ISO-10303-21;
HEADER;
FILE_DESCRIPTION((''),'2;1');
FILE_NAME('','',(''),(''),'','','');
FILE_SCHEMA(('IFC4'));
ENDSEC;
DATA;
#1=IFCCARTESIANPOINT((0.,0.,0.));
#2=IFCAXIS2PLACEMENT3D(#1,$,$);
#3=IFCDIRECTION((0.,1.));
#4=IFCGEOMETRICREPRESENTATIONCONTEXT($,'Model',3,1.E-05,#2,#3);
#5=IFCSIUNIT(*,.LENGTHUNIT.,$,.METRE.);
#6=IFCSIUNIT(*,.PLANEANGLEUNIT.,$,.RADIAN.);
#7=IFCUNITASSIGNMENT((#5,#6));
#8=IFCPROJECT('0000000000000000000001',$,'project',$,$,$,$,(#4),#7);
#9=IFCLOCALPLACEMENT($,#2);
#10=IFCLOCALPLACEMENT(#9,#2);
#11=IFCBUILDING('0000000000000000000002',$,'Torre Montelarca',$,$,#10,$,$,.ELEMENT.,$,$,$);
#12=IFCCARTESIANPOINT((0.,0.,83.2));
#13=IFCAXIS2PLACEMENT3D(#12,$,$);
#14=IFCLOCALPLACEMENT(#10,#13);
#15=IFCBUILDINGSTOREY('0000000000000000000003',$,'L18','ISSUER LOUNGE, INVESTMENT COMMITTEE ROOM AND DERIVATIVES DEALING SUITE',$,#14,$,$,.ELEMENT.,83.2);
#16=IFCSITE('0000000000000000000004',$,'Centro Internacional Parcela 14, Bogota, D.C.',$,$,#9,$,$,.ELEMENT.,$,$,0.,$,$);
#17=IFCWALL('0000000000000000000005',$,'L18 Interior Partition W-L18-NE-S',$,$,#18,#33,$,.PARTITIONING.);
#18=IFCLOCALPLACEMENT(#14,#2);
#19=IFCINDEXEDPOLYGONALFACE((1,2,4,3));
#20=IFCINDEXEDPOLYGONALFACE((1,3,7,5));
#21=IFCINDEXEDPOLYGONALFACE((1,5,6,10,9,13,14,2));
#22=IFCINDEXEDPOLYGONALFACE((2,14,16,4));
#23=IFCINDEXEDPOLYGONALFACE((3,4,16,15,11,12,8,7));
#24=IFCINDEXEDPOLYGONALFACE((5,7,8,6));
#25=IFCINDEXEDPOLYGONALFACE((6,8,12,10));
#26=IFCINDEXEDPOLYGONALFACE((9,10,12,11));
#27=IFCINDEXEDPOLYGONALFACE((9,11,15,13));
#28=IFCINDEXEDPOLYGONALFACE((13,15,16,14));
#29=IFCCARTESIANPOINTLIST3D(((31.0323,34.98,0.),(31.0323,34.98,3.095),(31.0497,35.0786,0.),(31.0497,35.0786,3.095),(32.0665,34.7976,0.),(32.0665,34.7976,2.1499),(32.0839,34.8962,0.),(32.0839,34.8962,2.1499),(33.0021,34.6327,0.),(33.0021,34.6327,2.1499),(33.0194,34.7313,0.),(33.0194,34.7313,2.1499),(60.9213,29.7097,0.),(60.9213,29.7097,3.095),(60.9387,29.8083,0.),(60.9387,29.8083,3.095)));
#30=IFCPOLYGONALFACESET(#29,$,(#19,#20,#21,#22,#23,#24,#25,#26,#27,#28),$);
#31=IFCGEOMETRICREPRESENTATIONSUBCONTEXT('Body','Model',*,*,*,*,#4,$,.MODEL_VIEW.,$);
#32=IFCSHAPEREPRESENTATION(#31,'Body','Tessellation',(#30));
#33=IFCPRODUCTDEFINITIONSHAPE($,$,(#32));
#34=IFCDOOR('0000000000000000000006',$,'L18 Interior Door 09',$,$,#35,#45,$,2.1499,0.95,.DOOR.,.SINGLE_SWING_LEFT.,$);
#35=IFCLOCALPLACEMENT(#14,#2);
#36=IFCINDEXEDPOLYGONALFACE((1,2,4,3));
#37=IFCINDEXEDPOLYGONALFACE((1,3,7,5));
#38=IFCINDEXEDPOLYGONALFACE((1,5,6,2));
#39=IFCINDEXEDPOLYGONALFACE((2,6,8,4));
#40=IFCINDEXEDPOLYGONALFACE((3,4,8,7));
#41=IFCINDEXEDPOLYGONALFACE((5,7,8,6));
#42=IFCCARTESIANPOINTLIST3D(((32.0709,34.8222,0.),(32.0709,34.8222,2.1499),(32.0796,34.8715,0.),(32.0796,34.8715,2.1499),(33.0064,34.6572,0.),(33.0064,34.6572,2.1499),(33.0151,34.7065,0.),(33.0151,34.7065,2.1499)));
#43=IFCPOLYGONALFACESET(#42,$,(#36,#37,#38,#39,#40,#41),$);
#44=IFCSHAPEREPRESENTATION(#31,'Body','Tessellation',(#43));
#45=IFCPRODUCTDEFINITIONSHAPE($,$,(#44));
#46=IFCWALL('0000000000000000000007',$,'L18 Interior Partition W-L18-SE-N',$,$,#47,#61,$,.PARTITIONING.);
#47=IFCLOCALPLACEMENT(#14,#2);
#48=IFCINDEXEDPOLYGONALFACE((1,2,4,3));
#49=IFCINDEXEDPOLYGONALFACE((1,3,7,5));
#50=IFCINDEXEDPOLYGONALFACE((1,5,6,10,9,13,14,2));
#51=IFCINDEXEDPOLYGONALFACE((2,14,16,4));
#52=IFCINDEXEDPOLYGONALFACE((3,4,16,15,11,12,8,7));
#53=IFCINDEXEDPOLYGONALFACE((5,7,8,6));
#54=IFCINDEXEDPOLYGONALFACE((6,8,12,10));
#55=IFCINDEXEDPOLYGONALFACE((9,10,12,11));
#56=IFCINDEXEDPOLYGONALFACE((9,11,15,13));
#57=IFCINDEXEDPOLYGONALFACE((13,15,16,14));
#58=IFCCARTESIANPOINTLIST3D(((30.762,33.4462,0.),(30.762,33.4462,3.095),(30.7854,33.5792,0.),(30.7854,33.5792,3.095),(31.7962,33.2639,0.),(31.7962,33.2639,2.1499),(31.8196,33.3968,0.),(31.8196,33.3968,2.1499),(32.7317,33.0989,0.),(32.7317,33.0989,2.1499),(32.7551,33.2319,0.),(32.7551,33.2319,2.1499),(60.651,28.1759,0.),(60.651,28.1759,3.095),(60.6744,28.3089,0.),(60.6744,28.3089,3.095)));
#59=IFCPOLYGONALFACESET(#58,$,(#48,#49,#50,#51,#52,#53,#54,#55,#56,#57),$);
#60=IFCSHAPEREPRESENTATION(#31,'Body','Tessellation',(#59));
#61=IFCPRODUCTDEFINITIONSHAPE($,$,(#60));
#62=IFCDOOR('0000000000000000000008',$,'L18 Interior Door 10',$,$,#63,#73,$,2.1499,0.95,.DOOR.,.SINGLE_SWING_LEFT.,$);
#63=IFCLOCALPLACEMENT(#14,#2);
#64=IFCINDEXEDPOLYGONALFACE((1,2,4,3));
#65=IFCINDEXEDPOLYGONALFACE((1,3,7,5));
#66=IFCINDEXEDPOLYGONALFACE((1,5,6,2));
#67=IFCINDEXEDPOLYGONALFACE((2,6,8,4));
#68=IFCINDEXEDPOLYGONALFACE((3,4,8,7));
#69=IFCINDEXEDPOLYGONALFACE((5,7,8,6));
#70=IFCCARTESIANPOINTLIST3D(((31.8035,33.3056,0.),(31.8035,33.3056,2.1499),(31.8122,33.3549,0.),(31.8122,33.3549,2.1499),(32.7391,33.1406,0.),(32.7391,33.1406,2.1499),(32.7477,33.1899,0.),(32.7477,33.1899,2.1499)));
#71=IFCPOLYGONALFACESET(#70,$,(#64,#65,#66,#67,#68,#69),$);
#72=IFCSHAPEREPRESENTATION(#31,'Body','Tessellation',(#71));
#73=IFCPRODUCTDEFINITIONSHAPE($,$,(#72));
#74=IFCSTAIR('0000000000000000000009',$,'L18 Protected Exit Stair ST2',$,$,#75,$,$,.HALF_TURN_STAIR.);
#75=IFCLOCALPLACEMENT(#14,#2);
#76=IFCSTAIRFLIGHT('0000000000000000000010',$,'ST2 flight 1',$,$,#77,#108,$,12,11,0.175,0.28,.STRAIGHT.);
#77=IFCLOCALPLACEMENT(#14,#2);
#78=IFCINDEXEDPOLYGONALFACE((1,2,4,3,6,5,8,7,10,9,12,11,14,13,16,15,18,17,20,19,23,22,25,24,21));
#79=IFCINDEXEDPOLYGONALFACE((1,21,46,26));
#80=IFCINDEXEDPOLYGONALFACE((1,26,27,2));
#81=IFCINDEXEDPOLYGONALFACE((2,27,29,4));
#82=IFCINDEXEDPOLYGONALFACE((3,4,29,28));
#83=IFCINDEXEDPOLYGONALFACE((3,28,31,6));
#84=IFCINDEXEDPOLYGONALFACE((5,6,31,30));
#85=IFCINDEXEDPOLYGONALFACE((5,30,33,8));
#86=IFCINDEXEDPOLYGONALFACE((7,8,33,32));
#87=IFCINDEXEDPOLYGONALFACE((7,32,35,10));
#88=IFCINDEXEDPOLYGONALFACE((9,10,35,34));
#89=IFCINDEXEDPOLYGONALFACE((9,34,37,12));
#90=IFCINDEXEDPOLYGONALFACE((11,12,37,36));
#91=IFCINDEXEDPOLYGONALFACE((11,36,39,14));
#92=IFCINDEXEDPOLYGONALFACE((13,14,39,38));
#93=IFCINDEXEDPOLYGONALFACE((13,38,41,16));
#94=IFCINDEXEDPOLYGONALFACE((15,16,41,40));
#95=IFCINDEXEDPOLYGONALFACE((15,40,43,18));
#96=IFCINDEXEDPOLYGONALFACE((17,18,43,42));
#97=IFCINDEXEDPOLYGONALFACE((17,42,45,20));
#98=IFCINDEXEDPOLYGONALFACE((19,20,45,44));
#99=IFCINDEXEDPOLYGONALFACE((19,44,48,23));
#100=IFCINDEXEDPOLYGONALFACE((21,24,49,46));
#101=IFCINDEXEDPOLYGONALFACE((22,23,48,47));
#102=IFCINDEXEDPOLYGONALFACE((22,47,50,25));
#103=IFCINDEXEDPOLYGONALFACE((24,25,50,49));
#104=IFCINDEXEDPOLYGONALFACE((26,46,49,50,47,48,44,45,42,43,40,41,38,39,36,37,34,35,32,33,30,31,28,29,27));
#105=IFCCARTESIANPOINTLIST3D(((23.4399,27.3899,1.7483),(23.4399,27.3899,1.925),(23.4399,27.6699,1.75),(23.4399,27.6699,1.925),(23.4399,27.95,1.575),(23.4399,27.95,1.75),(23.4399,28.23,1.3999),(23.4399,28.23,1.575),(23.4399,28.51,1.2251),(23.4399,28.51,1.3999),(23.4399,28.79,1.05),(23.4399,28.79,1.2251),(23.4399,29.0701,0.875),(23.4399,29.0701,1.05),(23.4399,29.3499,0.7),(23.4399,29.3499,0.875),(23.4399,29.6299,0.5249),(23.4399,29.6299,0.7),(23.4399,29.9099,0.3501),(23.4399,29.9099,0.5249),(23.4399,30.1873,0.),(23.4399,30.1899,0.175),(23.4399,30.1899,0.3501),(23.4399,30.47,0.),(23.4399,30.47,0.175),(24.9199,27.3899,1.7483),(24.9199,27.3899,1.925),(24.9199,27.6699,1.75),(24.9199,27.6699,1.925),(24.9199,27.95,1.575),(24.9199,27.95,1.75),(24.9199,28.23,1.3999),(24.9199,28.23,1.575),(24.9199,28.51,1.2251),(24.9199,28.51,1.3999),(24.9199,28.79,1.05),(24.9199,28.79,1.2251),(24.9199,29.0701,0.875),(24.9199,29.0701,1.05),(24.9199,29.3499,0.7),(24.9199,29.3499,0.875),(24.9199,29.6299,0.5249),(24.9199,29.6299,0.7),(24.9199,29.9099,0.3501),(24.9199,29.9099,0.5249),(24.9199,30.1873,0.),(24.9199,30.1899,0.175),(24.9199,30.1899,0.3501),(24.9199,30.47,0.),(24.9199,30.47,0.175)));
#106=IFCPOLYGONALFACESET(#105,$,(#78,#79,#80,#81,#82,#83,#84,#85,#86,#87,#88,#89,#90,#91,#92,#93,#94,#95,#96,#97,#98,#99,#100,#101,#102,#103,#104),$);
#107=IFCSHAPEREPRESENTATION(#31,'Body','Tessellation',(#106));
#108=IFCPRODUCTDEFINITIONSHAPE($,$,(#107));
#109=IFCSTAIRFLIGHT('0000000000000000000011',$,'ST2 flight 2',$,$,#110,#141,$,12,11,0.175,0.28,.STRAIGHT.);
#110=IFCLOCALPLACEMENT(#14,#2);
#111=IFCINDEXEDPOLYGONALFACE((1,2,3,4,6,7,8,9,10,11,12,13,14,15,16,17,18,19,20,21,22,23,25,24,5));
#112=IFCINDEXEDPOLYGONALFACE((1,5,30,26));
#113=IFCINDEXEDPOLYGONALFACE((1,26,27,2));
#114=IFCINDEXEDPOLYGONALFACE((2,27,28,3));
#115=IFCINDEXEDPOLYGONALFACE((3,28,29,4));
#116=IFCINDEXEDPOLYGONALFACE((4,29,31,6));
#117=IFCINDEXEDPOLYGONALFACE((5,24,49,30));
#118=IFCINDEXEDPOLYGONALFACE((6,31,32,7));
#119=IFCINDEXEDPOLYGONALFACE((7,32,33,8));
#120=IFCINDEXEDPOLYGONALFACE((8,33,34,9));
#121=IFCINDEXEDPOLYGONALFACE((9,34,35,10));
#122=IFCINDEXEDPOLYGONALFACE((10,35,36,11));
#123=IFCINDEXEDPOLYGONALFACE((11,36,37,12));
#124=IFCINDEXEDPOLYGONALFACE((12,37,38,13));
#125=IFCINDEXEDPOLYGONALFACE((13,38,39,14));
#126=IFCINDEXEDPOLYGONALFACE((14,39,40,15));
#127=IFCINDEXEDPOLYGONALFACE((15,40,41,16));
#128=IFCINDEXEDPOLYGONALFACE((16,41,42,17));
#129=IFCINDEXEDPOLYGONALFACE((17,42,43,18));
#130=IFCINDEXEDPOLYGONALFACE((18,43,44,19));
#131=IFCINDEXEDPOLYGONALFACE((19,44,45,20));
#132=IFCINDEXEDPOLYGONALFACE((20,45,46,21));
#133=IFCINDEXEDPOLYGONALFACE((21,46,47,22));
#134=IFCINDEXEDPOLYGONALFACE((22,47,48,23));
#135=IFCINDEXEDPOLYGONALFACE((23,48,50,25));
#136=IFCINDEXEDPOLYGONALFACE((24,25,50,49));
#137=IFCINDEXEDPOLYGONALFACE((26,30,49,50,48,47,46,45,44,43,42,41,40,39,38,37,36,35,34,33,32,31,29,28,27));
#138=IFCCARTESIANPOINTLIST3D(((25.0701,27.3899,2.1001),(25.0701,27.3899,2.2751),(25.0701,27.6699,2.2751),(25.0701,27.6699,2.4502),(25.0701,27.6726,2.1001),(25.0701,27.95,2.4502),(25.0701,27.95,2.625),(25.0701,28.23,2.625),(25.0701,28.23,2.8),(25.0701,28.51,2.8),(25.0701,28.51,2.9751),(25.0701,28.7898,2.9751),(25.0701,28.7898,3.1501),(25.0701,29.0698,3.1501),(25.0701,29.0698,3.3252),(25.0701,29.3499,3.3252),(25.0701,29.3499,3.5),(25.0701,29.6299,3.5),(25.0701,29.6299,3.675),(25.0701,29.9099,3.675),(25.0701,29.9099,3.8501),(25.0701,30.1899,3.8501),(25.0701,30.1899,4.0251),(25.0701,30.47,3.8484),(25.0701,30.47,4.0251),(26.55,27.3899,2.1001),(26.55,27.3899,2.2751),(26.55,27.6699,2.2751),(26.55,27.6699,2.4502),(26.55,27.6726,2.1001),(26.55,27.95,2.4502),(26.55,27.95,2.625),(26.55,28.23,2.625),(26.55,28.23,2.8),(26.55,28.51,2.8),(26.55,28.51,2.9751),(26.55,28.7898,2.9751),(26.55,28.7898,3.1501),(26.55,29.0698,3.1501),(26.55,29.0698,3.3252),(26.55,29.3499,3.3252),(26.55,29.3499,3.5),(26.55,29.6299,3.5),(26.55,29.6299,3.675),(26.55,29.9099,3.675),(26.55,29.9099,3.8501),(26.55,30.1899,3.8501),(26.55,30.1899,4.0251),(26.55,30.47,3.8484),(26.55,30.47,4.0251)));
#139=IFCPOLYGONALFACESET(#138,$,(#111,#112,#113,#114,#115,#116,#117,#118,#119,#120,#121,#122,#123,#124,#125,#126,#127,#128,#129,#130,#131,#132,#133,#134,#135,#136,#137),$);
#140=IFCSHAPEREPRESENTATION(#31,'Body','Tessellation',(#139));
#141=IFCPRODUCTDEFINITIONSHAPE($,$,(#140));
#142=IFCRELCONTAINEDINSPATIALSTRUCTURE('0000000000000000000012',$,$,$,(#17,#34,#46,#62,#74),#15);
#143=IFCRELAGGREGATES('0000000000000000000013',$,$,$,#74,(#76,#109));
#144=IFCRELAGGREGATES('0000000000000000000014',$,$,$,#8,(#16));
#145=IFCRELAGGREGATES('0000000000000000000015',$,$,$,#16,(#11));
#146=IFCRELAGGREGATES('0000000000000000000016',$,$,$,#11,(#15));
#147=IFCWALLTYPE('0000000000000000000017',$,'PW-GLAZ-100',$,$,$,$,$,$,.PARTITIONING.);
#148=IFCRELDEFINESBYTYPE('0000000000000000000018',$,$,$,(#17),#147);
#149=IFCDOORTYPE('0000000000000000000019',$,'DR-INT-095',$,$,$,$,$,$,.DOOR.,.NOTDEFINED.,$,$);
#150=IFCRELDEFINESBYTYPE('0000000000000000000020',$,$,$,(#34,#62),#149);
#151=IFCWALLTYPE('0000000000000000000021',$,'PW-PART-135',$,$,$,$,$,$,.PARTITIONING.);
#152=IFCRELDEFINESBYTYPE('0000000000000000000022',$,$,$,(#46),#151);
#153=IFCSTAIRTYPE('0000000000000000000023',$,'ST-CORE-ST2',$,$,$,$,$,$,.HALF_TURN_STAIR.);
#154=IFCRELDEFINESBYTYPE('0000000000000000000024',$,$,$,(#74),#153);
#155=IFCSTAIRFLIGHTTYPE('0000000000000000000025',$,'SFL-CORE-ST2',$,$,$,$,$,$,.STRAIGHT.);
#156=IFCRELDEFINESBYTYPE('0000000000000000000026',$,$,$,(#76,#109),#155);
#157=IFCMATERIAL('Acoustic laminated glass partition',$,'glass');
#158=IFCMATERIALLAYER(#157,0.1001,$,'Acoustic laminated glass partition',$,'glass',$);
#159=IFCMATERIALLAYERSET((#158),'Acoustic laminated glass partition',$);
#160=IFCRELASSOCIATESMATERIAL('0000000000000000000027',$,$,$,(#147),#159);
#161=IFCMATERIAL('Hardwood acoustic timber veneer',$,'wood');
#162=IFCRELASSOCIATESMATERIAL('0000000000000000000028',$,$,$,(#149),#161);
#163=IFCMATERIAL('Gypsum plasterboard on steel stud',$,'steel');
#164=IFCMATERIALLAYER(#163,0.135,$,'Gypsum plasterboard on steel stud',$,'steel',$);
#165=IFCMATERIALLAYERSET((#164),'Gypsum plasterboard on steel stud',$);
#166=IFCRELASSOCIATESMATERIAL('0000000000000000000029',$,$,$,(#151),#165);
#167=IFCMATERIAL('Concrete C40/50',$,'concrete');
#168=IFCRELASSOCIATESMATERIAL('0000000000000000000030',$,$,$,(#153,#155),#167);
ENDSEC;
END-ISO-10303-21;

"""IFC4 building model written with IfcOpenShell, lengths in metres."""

from ifc_helpers import new_model, si_unit, direction, frame, frame_2d, origin, place, context, subcontext, project, spatial, polyline, rectangle, outline, extrude, source, transform, mapped, material, layer, layer_set, type_object, element, fill, aggregate, save


model = new_model("IFC4")

# Units and contexts
model_context = context("Model", 3, precision=1e-05, world=origin(), true_north=direction((0.0, 1.0)))
body_context = subcontext(model_context, "Body", "Model", "MODEL_VIEW")
ifc_project = project(units=[si_unit("LENGTHUNIT", "METRE"), si_unit("PLANEANGLEUNIT", "RADIAN")], contexts=[model_context])

# Site, building, storey
site_placement = place(None, origin())
site = spatial("IfcSite", under=ifc_project, at=site_placement, Name="Centro Internacional Parcela 14, Bogota, D.C.", CompositionType="ELEMENT", RefElevation=0.0)
building_placement = place(site_placement, origin())
building = spatial("IfcBuilding", under=site, at=building_placement, Name="Torre Montelarca", CompositionType="ELEMENT")
storey_placement = place(building_placement, frame((0.0, 0.0, 83.2)))
storey = spatial("IfcBuildingStorey", under=building, at=storey_placement, Name="L18", Description="ISSUER LOUNGE, INVESTMENT COMMITTEE ROOM AND DERIVATIVES DEALING SUITE", CompositionType="ELEMENT", Elevation=83.2)

# Shared definitions
ifc_material_1 = material(Name="Concrete C40/50", Category="concrete")
ifc_material_2 = material(Name="Gypsum plasterboard on steel stud", Category="steel")

# Walls, openings, doors
ifc_material_3 = material(Name="Acoustic laminated glass partition", Category="glass")
ifc_layer_1 = layer(ifc_material_3, 0.1001, Name="Acoustic laminated glass partition", Category="glass")
ifc_layer_set_1 = layer_set([ifc_layer_1], Name="Acoustic laminated glass partition")
wall_type_1 = type_object("IfcWallType", Name="PW-GLAZ-100", PredefinedType="PARTITIONING", material=ifc_layer_set_1)
wall_1_placement = place(storey_placement, frame((31.041, 35.0293, 0.0), z_axis=(0.0, 0.0, 1.0), x_axis=(0.984808, -0.173649, 0.0)))
wall_1 = element("IfcWall", 1, at=wall_1_placement, inside=storey, type_object=wall_type_1, Name="L18 Interior Partition W-L18-NE-S", PredefinedType="PARTITIONING", context=body_context, shape_type="SweptSolid", body=[
    extrude(rectangle(XDim=30.3501, YDim=0.1001, at=frame_2d((15.175, 0.0))), origin(), (0.0, 0.0, 1.0), 3.095),
])
opening_1_placement = place(wall_1_placement, frame((1.05, 0.0, 0.0)))
opening_1 = element("IfcOpeningElement", 2, at=opening_1_placement, cuts=wall_1, PredefinedType="OPENING", context=body_context, shape_type="SweptSolid", body=[
    extrude(rectangle(XDim=0.95, YDim=2.1499, at=frame_2d((0.4751, 1.075))), frame((0.0, 0.0601, 0.0), z_axis=(0.0, -1.0, 0.0), x_axis=(1.0, 0.0, 0.0)), (0.0, 0.0, 1.0), 0.1201),
])
ifc_material_4 = material(Name="Hardwood acoustic timber veneer", Category="wood")
door_type = type_object("IfcDoorType", Name="DR-INT-095", OperationType="NOTDEFINED", PredefinedType="DOOR", material=ifc_material_4)
shared_shape_1 = source(origin(), body_context, "Body", "SweptSolid", [
    extrude(rectangle(XDim=0.95, YDim=2.1499, at=frame_2d((0.4751, 1.075))), frame((0.0, 0.0249, 0.0), z_axis=(0.0, -1.0, 0.0), x_axis=(1.0, 0.0, 0.0)), (0.0, 0.0, 1.0), 0.05),
])
door_1_placement = place(opening_1_placement, origin())
door_1 = element("IfcDoor", 3, at=door_1_placement, inside=storey, type_object=door_type, Name="L18 Interior Door 09", OperationType="SINGLE_SWING_LEFT", OverallHeight=2.1499, OverallWidth=0.95, PredefinedType="DOOR", context=body_context, shape_type="MappedRepresentation", body=[
    mapped(shared_shape_1, transform((0.0, 0.0, 0.0), scale=1.0)),
])
fill(opening_1, door_1)
ifc_layer_2 = layer(ifc_material_2, 0.135, Name="Gypsum plasterboard on steel stud", Category="steel")
ifc_layer_set_2 = layer_set([ifc_layer_2], Name="Gypsum plasterboard on steel stud")
wall_type_2 = type_object("IfcWallType", Name="PW-PART-135", PredefinedType="PARTITIONING", material=ifc_layer_set_2)
wall_2_placement = place(storey_placement, frame((30.7737, 33.5127, 0.0), z_axis=(0.0, 0.0, 1.0), x_axis=(0.984808, -0.173649, 0.0)))
wall_2 = element("IfcWall", 4, at=wall_2_placement, inside=storey, type_object=wall_type_2, Name="L18 Interior Partition W-L18-SE-N", PredefinedType="PARTITIONING", context=body_context, shape_type="SweptSolid", body=[
    extrude(rectangle(XDim=30.3501, YDim=0.135, at=frame_2d((15.175, 0.0))), origin(), (0.0, 0.0, 1.0), 3.095),
])
opening_2_placement = place(wall_2_placement, frame((1.05, 0.0, 0.0)))
opening_2 = element("IfcOpeningElement", 5, at=opening_2_placement, cuts=wall_2, PredefinedType="OPENING", context=body_context, shape_type="SweptSolid", body=[
    extrude(rectangle(XDim=0.95, YDim=2.1499, at=frame_2d((0.4751, 1.075))), frame((0.0, 0.0776, 0.0), z_axis=(0.0, -1.0, 0.0), x_axis=(1.0, 0.0, 0.0)), (0.0, 0.0, 1.0), 0.155),
])
door_2_placement = place(opening_2_placement, origin())
door_2 = element("IfcDoor", 6, at=door_2_placement, inside=storey, type_object=door_type, Name="L18 Interior Door 10", OperationType="SINGLE_SWING_LEFT", OverallHeight=2.1499, OverallWidth=0.95, PredefinedType="DOOR", context=body_context, shape_type="MappedRepresentation", body=[
    mapped(shared_shape_1, transform((0.0, 0.0, 0.0), scale=1.0)),
])
fill(opening_2, door_2)

# Stair, stair flights
stair_type = type_object("IfcStairType", Name="ST-CORE-ST2", PredefinedType="HALF_TURN_STAIR", material=ifc_material_1)
stair_placement = place(storey_placement, origin())
stair = element("IfcStair", 7, at=stair_placement, inside=storey, type_object=stair_type, Name="L18 Protected Exit Stair ST2", PredefinedType="HALF_TURN_STAIR")
stair_flight_type = type_object("IfcStairFlightType", Name="SFL-CORE-ST2", PredefinedType="STRAIGHT", material=ifc_material_1)
stair_flight_1_placement = place(storey_placement, frame((24.1799, 30.47, 0.0), z_axis=(0.0, 0.0, 1.0), x_axis=(0.0, -1.0, 0.0)))
stair_flight_1 = element("IfcStairFlight", 8, at=stair_flight_1_placement, type_object=stair_flight_type, Name="ST2 flight 1", NumberOfRisers=12, NumberOfTreads=11, PredefinedType="STRAIGHT", RiserHeight=0.175, TreadLength=0.28, context=body_context, shape_type="SweptSolid", body=[
    extrude(outline(polyline([(0.0, 0.0), (0.0, 0.175), (0.28, 0.175), (0.28, 0.3501), (0.5601, 0.3501), (0.5601, 0.5249), (0.8401, 0.5249), (0.8401, 0.7), (1.1201, 0.7), (1.1201, 0.875), (1.3999, 0.875), (1.3999, 1.05), (1.6799, 1.05), (1.6799, 1.2251), (1.96, 1.2251), (1.96, 1.3999), (2.24, 1.3999), (2.24, 1.575), (2.52, 1.575), (2.52, 1.75), (2.8, 1.75), (2.8, 1.925), (3.0801, 1.925), (3.0801, 2.1001), (3.0801, 1.7483), (0.2827, 0.0), (0.0, 0.0)])), frame((0.0, 0.74, 0.0), z_axis=(0.0, -1.0, 0.0), x_axis=(1.0, 0.0, 0.0)), (0.0, 0.0, 1.0), 1.48),
])
stair_flight_2_placement = place(storey_placement, frame((25.8101, 27.3899, 2.1001), z_axis=(0.0, 0.0, 1.0), x_axis=(0.0, 1.0, 0.0)))
stair_flight_2 = element("IfcStairFlight", 9, at=stair_flight_2_placement, type_object=stair_flight_type, Name="ST2 flight 2", NumberOfRisers=12, NumberOfTreads=11, PredefinedType="STRAIGHT", RiserHeight=0.175, TreadLength=0.28, context=body_context, shape_type="SweptSolid", body=[
    extrude(outline(polyline([(0.0, 0.0), (0.0, 0.175), (0.28, 0.175), (0.28, 0.3501), (0.5601, 0.3501), (0.5601, 0.5249), (0.8401, 0.5249), (0.8401, 0.7), (1.1201, 0.7), (1.1201, 0.875), (1.3999, 0.875), (1.3999, 1.05), (1.6799, 1.05), (1.6799, 1.2251), (1.96, 1.2251), (1.96, 1.3999), (2.24, 1.3999), (2.24, 1.575), (2.52, 1.575), (2.52, 1.75), (2.8, 1.75), (2.8, 1.925), (3.0801, 1.925), (3.0801, 2.1001), (3.0801, 1.7483), (0.2827, 0.0), (0.0, 0.0)])), frame((0.0, 0.74, 0.0), z_axis=(0.0, -1.0, 0.0), x_axis=(1.0, 0.0, 0.0)), (0.0, 0.0, 1.0), 1.48),
])
aggregate(stair, [stair_flight_1, stair_flight_2])

save(model, "model.ifc")
